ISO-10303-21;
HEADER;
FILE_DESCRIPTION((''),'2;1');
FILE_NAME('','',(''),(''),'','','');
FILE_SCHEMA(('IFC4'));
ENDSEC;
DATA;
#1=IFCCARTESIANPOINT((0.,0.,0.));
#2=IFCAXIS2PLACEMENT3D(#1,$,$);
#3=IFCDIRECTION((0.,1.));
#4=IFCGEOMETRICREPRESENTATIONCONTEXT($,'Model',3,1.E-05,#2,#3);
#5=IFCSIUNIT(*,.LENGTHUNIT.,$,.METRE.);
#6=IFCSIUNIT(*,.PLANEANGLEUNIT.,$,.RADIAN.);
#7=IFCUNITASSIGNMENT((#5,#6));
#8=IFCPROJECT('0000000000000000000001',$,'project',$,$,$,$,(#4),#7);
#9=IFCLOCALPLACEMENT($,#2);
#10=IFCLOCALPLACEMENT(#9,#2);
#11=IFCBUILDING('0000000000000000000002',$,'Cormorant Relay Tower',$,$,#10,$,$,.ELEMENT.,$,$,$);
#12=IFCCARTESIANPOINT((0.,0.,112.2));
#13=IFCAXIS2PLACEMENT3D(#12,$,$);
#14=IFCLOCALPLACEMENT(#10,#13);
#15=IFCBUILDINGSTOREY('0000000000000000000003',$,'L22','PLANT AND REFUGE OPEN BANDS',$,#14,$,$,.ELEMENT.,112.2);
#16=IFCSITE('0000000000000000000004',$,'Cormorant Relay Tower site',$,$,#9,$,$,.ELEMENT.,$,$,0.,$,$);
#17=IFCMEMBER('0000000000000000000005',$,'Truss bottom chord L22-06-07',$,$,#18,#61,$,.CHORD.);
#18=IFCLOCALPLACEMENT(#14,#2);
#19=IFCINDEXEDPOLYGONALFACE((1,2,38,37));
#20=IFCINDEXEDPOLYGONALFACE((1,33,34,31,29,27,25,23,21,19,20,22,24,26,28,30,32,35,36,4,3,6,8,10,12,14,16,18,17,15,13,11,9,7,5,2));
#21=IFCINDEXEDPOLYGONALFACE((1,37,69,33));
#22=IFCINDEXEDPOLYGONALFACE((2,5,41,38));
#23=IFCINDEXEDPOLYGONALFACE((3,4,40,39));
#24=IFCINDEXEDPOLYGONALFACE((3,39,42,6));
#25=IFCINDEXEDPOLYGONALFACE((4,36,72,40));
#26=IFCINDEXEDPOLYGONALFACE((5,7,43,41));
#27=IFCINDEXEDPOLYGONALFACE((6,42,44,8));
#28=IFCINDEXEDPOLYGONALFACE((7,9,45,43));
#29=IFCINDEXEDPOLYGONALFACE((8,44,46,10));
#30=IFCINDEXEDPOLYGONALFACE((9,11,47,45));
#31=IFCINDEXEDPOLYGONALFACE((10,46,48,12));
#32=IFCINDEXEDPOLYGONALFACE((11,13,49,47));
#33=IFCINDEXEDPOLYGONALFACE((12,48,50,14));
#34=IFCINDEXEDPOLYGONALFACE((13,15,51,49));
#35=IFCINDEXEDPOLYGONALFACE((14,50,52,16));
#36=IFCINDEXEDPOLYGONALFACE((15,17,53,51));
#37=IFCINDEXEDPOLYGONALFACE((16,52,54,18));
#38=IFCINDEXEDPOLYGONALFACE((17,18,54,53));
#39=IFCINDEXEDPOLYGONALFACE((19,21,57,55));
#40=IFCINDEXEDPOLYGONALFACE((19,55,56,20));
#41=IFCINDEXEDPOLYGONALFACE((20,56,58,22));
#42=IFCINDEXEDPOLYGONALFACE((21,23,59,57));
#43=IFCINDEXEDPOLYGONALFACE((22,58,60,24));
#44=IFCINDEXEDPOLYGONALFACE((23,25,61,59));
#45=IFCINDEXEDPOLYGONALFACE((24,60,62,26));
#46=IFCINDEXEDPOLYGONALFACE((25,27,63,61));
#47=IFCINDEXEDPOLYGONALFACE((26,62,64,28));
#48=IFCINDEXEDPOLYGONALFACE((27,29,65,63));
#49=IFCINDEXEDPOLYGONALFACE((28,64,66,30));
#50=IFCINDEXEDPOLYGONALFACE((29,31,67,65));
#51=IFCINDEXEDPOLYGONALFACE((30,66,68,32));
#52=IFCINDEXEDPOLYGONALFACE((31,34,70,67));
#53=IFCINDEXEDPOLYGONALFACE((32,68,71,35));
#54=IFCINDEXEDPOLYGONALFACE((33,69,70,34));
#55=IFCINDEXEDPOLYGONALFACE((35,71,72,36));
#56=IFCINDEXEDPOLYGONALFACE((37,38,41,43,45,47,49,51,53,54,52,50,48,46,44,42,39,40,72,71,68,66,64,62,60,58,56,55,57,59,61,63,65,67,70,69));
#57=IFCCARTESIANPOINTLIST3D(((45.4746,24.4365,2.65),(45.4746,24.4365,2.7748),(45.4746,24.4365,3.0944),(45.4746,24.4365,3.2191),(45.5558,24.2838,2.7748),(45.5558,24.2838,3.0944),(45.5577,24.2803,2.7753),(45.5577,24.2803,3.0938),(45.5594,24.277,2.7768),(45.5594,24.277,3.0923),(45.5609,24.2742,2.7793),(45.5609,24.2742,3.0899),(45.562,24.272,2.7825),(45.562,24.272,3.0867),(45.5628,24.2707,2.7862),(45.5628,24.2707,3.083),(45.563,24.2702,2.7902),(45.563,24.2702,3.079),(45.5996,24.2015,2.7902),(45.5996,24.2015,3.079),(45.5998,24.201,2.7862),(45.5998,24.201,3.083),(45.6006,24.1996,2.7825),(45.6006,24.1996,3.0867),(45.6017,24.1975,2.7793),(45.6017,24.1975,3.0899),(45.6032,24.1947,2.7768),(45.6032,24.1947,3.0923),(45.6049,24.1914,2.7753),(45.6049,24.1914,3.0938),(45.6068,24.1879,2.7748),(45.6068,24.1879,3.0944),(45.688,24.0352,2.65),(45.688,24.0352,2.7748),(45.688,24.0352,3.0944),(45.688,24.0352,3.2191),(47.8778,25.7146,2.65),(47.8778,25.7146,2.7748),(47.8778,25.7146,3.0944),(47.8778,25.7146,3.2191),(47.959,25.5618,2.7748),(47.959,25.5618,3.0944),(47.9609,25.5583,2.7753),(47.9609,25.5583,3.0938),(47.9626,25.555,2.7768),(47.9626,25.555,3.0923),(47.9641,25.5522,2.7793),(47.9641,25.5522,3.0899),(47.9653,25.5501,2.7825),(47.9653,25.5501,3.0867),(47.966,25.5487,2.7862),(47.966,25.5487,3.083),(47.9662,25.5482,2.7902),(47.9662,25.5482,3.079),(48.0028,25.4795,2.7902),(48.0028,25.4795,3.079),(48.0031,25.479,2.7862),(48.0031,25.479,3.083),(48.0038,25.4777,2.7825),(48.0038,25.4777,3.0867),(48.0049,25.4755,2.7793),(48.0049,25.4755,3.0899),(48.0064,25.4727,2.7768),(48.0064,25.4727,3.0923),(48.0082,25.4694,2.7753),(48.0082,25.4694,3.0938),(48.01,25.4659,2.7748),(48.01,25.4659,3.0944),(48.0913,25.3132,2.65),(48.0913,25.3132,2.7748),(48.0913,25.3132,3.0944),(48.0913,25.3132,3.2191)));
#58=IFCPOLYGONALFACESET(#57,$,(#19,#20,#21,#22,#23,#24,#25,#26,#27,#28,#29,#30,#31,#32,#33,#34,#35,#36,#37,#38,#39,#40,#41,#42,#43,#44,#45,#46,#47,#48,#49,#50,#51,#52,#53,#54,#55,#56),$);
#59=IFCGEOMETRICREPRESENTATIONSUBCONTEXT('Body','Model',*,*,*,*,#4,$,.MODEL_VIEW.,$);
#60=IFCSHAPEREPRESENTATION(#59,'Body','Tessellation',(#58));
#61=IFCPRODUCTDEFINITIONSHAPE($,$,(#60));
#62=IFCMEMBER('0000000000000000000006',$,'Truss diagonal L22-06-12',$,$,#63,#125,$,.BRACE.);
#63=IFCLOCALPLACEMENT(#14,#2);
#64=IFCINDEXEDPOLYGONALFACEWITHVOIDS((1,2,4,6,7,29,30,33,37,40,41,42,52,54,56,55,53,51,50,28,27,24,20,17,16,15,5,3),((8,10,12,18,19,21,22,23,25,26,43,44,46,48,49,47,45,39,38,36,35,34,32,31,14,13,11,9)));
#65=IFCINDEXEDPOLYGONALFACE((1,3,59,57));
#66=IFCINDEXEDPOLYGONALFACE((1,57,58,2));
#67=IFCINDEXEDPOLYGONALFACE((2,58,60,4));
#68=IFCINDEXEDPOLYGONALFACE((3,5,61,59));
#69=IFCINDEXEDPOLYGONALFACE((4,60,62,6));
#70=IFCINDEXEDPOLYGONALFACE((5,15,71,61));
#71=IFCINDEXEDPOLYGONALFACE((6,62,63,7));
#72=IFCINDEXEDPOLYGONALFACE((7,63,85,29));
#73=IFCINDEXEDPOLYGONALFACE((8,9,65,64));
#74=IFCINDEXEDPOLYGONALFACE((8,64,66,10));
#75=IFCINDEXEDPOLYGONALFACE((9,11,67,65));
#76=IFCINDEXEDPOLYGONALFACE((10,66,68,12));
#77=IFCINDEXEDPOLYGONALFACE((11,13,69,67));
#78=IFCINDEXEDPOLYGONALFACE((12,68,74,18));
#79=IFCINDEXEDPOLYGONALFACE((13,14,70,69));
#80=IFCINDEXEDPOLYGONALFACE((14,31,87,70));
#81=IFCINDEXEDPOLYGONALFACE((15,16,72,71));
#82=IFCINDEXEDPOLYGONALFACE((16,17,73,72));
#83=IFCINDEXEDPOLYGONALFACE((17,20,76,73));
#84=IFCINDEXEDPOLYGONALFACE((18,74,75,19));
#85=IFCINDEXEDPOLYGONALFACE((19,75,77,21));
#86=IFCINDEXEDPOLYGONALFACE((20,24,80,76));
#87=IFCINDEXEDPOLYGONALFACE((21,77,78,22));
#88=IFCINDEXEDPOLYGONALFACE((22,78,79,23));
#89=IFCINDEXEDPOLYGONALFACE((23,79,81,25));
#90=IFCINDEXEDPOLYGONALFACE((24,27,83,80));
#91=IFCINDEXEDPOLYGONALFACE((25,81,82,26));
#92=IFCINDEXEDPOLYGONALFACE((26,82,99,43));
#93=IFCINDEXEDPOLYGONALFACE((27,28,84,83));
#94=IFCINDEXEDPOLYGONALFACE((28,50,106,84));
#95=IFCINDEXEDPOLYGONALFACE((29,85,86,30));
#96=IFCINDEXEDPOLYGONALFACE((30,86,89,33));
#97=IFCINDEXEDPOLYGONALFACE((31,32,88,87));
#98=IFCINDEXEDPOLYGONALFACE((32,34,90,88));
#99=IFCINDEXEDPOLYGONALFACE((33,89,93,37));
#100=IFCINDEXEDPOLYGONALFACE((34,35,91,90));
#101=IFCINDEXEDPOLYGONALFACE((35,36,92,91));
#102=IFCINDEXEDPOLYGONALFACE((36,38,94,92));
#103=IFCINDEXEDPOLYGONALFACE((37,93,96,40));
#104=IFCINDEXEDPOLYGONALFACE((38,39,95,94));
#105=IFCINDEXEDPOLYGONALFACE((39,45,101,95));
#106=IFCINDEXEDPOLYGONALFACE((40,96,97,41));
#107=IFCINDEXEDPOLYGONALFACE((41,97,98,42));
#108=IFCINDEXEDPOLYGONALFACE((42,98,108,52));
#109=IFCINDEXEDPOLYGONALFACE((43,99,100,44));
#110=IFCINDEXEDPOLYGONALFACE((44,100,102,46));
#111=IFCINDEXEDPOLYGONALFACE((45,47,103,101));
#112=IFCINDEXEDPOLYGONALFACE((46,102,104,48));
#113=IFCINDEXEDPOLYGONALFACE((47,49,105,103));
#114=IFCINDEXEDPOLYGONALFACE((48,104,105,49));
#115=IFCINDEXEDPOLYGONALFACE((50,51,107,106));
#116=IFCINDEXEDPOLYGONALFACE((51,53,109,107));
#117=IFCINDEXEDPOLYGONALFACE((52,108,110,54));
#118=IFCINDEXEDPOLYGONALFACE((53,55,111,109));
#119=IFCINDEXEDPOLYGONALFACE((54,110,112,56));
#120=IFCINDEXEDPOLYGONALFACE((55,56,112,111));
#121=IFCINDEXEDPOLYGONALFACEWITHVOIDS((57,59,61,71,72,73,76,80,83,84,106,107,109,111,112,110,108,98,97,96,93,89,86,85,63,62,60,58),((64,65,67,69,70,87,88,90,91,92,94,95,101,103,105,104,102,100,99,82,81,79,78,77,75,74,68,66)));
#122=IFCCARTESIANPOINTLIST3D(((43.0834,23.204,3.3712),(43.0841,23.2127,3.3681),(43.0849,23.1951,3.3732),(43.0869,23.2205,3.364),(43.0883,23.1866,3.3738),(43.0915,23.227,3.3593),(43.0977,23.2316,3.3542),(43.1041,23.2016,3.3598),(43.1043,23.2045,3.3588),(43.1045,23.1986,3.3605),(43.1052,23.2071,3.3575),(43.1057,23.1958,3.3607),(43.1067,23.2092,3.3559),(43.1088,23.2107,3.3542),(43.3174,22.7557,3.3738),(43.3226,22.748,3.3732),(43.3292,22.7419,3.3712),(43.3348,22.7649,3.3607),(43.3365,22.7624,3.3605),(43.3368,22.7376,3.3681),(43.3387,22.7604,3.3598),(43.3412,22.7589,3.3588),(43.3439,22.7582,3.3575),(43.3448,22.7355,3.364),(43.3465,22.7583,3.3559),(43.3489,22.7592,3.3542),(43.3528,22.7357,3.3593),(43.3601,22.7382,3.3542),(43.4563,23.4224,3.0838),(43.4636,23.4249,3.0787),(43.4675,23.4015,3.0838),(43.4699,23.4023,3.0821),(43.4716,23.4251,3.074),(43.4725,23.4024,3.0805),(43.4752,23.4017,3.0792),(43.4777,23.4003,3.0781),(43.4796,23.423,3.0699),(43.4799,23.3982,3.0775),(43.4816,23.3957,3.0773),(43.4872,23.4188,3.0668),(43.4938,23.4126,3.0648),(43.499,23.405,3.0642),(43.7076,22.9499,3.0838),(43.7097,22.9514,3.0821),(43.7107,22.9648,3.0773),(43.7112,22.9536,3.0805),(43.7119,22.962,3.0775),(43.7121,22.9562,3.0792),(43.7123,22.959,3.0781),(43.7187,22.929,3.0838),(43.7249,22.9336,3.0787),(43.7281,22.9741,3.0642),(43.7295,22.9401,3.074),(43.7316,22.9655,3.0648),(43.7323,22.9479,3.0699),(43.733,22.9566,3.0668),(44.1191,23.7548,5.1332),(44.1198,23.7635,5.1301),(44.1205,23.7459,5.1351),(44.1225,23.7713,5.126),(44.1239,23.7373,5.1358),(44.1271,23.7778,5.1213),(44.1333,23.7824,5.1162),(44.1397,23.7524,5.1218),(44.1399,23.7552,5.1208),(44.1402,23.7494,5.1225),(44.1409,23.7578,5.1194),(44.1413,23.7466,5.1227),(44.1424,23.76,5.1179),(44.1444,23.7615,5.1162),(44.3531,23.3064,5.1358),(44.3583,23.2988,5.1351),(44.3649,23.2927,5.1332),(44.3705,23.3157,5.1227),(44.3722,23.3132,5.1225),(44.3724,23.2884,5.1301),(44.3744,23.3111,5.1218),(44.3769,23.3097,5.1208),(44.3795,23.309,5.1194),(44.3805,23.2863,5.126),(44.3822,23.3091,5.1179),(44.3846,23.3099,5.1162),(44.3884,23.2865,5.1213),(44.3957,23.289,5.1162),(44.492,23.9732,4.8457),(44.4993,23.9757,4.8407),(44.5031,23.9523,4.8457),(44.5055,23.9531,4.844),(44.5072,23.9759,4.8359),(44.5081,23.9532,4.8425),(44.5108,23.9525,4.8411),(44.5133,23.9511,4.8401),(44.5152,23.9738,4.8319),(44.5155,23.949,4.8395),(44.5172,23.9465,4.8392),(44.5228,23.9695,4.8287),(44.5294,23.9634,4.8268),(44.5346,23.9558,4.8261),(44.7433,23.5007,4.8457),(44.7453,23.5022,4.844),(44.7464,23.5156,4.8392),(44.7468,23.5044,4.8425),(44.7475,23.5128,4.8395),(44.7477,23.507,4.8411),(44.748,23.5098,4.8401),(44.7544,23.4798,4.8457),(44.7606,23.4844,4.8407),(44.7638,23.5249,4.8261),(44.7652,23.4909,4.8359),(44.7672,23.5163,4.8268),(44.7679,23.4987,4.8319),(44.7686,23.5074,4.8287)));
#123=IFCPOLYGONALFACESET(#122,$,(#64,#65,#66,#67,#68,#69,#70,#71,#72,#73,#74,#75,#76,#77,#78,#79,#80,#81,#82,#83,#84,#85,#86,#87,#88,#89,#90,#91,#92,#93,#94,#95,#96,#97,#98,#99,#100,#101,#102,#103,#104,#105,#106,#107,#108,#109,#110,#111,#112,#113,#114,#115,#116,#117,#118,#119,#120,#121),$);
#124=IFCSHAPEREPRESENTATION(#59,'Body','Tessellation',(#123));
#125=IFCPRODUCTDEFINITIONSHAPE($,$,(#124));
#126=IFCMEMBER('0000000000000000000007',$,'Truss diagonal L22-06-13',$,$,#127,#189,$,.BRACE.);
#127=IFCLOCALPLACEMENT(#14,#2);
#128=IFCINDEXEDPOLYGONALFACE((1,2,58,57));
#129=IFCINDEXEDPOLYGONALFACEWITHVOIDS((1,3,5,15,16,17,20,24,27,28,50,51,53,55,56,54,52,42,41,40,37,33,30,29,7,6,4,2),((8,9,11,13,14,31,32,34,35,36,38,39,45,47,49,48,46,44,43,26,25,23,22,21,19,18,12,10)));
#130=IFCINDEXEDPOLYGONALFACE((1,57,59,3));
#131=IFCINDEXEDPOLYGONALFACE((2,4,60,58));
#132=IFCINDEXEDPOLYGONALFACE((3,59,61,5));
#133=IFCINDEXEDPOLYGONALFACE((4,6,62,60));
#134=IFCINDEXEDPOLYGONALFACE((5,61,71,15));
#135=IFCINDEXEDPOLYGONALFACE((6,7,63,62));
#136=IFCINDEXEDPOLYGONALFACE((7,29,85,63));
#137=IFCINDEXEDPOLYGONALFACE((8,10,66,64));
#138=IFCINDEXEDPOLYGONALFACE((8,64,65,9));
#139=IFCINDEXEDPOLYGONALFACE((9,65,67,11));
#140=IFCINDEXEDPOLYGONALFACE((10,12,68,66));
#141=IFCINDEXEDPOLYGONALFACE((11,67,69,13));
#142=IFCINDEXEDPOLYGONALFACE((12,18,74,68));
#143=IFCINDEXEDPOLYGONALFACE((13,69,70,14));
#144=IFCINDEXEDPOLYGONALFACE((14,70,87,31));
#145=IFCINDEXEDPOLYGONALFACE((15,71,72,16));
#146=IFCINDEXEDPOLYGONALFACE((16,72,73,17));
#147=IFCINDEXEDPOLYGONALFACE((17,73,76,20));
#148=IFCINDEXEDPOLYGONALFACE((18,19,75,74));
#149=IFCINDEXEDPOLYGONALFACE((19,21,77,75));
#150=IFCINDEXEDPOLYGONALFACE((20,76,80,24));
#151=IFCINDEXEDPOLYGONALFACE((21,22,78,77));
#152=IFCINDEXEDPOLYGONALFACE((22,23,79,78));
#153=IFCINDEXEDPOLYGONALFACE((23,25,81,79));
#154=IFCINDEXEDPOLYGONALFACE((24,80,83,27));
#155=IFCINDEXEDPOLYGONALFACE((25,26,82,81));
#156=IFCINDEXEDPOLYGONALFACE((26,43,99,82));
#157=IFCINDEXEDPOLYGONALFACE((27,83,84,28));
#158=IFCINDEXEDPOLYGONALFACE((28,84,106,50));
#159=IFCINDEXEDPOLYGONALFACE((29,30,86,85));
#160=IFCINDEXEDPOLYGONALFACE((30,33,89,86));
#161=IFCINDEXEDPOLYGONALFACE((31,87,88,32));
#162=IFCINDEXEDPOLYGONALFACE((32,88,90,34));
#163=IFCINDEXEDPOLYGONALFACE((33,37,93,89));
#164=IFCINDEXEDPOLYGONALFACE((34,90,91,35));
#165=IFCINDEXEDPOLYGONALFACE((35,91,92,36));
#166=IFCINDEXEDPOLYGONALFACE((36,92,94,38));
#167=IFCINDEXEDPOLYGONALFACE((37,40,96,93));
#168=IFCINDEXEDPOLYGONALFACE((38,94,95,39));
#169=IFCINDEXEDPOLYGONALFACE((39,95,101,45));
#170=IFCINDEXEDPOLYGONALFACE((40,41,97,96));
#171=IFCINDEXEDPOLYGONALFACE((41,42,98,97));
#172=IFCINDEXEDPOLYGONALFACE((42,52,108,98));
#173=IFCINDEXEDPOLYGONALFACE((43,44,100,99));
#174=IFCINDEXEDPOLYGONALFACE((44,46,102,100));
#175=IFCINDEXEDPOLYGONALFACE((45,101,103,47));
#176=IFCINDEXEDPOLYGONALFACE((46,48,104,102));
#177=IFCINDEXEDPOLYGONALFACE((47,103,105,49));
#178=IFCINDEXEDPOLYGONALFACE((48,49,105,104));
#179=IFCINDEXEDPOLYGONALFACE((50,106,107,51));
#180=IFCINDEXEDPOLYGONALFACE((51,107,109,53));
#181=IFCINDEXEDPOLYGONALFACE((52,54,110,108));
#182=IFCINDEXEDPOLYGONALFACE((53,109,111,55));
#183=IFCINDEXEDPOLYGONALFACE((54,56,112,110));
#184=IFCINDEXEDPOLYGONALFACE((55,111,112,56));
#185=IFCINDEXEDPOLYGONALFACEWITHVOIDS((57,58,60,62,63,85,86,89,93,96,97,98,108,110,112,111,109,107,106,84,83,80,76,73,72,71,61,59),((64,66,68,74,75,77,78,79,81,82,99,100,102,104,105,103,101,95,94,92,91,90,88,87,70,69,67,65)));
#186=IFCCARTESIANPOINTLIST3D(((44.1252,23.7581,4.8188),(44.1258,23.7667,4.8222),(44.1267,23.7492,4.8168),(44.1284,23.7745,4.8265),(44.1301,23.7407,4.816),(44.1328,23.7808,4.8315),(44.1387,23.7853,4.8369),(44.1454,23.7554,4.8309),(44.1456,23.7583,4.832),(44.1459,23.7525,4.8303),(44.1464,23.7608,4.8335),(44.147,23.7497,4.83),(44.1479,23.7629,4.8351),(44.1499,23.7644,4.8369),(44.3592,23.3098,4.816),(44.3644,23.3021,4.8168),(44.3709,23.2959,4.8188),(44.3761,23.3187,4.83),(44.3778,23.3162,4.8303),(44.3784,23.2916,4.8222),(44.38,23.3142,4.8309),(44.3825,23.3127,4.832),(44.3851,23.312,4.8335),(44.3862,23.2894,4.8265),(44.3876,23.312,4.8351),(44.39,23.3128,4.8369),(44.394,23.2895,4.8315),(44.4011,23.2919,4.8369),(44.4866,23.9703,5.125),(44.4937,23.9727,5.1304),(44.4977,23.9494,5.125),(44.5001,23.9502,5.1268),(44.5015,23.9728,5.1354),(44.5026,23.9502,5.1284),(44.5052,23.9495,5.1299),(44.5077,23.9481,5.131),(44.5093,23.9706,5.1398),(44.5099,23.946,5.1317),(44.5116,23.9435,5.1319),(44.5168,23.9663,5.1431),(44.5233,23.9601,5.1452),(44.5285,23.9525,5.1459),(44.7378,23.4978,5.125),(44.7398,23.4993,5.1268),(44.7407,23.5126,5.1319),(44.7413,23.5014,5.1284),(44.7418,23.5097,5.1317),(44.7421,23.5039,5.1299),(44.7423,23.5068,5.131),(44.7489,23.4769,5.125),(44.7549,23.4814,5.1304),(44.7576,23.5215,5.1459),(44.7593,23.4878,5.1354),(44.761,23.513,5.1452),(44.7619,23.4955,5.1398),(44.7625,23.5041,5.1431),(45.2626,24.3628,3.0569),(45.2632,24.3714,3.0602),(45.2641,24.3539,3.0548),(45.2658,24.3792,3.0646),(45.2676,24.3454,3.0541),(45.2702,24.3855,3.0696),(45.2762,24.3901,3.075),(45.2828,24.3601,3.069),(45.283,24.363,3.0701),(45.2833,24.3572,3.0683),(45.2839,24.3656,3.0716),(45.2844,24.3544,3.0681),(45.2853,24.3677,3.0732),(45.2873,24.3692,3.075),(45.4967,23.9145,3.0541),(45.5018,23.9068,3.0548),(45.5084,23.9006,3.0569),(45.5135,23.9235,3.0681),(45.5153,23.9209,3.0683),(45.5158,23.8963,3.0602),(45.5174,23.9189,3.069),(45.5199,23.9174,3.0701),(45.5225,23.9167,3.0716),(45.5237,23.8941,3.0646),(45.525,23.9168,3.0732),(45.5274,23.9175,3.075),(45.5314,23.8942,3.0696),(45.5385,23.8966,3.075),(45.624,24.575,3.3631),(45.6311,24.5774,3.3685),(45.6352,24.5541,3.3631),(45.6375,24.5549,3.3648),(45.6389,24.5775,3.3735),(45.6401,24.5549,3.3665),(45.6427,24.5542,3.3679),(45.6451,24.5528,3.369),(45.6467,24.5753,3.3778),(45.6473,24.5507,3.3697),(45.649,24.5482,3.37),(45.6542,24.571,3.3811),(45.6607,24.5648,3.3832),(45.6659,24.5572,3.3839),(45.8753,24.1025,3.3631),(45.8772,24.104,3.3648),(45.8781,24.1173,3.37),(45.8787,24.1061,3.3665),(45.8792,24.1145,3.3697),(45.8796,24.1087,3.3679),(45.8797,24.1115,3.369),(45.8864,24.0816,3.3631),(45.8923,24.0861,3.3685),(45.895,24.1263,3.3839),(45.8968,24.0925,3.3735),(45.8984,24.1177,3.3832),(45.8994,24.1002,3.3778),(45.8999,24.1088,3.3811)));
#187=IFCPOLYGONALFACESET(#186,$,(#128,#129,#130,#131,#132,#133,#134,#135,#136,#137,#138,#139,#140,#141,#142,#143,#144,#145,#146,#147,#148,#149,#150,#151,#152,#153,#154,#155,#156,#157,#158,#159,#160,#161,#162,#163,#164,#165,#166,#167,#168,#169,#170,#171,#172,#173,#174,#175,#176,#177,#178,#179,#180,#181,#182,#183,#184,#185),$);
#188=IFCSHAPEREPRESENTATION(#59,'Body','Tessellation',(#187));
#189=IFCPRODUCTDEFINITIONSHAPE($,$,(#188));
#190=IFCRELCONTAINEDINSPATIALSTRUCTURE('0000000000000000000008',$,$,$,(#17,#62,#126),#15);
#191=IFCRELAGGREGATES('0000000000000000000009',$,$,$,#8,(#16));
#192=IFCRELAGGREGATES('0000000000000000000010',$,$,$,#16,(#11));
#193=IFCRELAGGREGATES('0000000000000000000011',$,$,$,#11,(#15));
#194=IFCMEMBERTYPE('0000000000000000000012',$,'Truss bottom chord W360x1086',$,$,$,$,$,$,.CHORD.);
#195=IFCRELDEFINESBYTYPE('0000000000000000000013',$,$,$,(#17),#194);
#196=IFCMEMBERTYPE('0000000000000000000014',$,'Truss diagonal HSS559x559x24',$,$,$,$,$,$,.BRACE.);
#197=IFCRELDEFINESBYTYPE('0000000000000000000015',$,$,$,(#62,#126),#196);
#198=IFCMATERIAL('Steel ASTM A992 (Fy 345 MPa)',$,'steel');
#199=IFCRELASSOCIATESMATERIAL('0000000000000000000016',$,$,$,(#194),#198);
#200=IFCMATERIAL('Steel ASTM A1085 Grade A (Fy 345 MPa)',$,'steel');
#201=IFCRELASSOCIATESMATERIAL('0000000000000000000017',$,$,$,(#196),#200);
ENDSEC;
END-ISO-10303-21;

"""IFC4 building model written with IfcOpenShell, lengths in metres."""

from ifc_helpers import new_model, si_unit, direction, frame, origin, origin_2d, place, context, subcontext, project, spatial, hollow_rectangle, i_section, extrude, material, material_profile, profile_set, type_object, element, save


model = new_model("IFC4")

# Units and contexts
model_context = context("Model", 3, precision=1e-05, world=origin(), true_north=direction((0.0, 1.0)))
body_context = subcontext(model_context, "Body", "Model", "MODEL_VIEW")
ifc_project = project(units=[si_unit("LENGTHUNIT", "METRE"), si_unit("PLANEANGLEUNIT", "RADIAN")], contexts=[model_context])

# Site, building, storey
site_placement = place(None, origin())
site = spatial("IfcSite", under=ifc_project, at=site_placement, Name="Cormorant Relay Tower site", CompositionType="ELEMENT", RefElevation=0.0)
building_placement = place(site_placement, origin())
building = spatial("IfcBuilding", under=site, at=building_placement, Name="Cormorant Relay Tower", CompositionType="ELEMENT")
storey_placement = place(building_placement, frame((0.0, 0.0, 112.2)))
storey = spatial("IfcBuildingStorey", under=building, at=storey_placement, Name="L22", Description="PLANT AND REFUGE OPEN BANDS", CompositionType="ELEMENT", Elevation=112.2)

# Members
ifc_material_1 = material(Name="Steel ASTM A992 (Fy 345 MPa)", Category="steel")
ifc_material_profile_1 = material_profile(ifc_material_1, i_section(OverallWidth=0.4546, OverallDepth=0.5691, WebThickness=0.0779, FlangeThickness=0.1248, FilletRadius=0.0154, at=origin_2d()), Name="W360x1086")
ifc_profile_set_1 = profile_set([ifc_material_profile_1], Name="Steel ASTM A992 (Fy 345 MPa)")
member_type_1 = type_object("IfcMemberType", Name="Truss bottom chord W360x1086", PredefinedType="CHORD", material=ifc_profile_set_1)
member_1_placement = place(storey_placement, frame((45.5813, 24.2358, 2.9346), z_axis=(0.882916, 0.469531, 0.0), x_axis=(-0.469531, 0.882916, 0.0)))
element("IfcMember", 1, at=member_1_placement, inside=storey, type_object=member_type_1, Name="Truss bottom chord L22-06-07", PredefinedType="CHORD", context=body_context, shape_type="SweptSolid", body=[
    extrude(i_section(OverallWidth=0.4546, OverallDepth=0.5691, WebThickness=0.0779, FlangeThickness=0.1248, FilletRadius=0.0154, at=origin_2d()), origin(), (0.0, 0.0, 1.0), 2.7219),
])
ifc_material_2 = material(Name="Steel ASTM A1085 Grade A (Fy 345 MPa)", Category="steel")
ifc_material_profile_2 = material_profile(ifc_material_2, hollow_rectangle(XDim=0.5588, YDim=0.5588, WallThickness=0.0237, InnerFilletRadius=0.0117, OuterFilletRadius=0.0354, at=origin_2d()), Name="HSS559x559x24")
ifc_profile_set_2 = profile_set([ifc_material_profile_2], Name="Steel ASTM A1085 Grade A (Fy 345 MPa)")
member_type_2 = type_object("IfcMemberType", Name="Truss diagonal HSS559x559x24", PredefinedType="BRACE", material=ifc_profile_set_2)
member_2_placement = place(storey_placement, frame((43.4082, 23.0803, 3.219), z_axis=(0.489272, 0.260207, 0.832409), x_axis=(-0.469551, 0.882905, 0.0)))
element("IfcMember", 2, at=member_2_placement, inside=storey, type_object=member_type_2, Name="Truss diagonal L22-06-12", PredefinedType="BRACE", context=body_context, shape_type="SweptSolid", body=[
    extrude(hollow_rectangle(XDim=0.5588, YDim=0.5588, WallThickness=0.0237, InnerFilletRadius=0.0117, OuterFilletRadius=0.0354, at=origin_2d()), origin(), (0.0, 0.0, 1.0), 2.1167),
])
for number, where, z_axis, x_axis, name in (
    (3, (44.4438, 23.6311, 4.981), (0.52113, 0.277064, -0.807254), (-0.469437, 0.882966, 0.0), "Truss diagonal L22-06-13"),
):
    element("IfcMember", number, at=place(storey_placement, frame(where, z_axis=z_axis, x_axis=x_axis)), inside=storey, type_object=member_type_2, Name=name, PredefinedType="BRACE", context=body_context, shape_type="SweptSolid", body=[
        extrude(hollow_rectangle(XDim=0.5588, YDim=0.5588, WallThickness=0.0237, InnerFilletRadius=0.0117, OuterFilletRadius=0.0354, at=origin_2d()), origin(), (0.0, 0.0, 1.0), 2.1826),
    ])

save(model, "model.ifc")
